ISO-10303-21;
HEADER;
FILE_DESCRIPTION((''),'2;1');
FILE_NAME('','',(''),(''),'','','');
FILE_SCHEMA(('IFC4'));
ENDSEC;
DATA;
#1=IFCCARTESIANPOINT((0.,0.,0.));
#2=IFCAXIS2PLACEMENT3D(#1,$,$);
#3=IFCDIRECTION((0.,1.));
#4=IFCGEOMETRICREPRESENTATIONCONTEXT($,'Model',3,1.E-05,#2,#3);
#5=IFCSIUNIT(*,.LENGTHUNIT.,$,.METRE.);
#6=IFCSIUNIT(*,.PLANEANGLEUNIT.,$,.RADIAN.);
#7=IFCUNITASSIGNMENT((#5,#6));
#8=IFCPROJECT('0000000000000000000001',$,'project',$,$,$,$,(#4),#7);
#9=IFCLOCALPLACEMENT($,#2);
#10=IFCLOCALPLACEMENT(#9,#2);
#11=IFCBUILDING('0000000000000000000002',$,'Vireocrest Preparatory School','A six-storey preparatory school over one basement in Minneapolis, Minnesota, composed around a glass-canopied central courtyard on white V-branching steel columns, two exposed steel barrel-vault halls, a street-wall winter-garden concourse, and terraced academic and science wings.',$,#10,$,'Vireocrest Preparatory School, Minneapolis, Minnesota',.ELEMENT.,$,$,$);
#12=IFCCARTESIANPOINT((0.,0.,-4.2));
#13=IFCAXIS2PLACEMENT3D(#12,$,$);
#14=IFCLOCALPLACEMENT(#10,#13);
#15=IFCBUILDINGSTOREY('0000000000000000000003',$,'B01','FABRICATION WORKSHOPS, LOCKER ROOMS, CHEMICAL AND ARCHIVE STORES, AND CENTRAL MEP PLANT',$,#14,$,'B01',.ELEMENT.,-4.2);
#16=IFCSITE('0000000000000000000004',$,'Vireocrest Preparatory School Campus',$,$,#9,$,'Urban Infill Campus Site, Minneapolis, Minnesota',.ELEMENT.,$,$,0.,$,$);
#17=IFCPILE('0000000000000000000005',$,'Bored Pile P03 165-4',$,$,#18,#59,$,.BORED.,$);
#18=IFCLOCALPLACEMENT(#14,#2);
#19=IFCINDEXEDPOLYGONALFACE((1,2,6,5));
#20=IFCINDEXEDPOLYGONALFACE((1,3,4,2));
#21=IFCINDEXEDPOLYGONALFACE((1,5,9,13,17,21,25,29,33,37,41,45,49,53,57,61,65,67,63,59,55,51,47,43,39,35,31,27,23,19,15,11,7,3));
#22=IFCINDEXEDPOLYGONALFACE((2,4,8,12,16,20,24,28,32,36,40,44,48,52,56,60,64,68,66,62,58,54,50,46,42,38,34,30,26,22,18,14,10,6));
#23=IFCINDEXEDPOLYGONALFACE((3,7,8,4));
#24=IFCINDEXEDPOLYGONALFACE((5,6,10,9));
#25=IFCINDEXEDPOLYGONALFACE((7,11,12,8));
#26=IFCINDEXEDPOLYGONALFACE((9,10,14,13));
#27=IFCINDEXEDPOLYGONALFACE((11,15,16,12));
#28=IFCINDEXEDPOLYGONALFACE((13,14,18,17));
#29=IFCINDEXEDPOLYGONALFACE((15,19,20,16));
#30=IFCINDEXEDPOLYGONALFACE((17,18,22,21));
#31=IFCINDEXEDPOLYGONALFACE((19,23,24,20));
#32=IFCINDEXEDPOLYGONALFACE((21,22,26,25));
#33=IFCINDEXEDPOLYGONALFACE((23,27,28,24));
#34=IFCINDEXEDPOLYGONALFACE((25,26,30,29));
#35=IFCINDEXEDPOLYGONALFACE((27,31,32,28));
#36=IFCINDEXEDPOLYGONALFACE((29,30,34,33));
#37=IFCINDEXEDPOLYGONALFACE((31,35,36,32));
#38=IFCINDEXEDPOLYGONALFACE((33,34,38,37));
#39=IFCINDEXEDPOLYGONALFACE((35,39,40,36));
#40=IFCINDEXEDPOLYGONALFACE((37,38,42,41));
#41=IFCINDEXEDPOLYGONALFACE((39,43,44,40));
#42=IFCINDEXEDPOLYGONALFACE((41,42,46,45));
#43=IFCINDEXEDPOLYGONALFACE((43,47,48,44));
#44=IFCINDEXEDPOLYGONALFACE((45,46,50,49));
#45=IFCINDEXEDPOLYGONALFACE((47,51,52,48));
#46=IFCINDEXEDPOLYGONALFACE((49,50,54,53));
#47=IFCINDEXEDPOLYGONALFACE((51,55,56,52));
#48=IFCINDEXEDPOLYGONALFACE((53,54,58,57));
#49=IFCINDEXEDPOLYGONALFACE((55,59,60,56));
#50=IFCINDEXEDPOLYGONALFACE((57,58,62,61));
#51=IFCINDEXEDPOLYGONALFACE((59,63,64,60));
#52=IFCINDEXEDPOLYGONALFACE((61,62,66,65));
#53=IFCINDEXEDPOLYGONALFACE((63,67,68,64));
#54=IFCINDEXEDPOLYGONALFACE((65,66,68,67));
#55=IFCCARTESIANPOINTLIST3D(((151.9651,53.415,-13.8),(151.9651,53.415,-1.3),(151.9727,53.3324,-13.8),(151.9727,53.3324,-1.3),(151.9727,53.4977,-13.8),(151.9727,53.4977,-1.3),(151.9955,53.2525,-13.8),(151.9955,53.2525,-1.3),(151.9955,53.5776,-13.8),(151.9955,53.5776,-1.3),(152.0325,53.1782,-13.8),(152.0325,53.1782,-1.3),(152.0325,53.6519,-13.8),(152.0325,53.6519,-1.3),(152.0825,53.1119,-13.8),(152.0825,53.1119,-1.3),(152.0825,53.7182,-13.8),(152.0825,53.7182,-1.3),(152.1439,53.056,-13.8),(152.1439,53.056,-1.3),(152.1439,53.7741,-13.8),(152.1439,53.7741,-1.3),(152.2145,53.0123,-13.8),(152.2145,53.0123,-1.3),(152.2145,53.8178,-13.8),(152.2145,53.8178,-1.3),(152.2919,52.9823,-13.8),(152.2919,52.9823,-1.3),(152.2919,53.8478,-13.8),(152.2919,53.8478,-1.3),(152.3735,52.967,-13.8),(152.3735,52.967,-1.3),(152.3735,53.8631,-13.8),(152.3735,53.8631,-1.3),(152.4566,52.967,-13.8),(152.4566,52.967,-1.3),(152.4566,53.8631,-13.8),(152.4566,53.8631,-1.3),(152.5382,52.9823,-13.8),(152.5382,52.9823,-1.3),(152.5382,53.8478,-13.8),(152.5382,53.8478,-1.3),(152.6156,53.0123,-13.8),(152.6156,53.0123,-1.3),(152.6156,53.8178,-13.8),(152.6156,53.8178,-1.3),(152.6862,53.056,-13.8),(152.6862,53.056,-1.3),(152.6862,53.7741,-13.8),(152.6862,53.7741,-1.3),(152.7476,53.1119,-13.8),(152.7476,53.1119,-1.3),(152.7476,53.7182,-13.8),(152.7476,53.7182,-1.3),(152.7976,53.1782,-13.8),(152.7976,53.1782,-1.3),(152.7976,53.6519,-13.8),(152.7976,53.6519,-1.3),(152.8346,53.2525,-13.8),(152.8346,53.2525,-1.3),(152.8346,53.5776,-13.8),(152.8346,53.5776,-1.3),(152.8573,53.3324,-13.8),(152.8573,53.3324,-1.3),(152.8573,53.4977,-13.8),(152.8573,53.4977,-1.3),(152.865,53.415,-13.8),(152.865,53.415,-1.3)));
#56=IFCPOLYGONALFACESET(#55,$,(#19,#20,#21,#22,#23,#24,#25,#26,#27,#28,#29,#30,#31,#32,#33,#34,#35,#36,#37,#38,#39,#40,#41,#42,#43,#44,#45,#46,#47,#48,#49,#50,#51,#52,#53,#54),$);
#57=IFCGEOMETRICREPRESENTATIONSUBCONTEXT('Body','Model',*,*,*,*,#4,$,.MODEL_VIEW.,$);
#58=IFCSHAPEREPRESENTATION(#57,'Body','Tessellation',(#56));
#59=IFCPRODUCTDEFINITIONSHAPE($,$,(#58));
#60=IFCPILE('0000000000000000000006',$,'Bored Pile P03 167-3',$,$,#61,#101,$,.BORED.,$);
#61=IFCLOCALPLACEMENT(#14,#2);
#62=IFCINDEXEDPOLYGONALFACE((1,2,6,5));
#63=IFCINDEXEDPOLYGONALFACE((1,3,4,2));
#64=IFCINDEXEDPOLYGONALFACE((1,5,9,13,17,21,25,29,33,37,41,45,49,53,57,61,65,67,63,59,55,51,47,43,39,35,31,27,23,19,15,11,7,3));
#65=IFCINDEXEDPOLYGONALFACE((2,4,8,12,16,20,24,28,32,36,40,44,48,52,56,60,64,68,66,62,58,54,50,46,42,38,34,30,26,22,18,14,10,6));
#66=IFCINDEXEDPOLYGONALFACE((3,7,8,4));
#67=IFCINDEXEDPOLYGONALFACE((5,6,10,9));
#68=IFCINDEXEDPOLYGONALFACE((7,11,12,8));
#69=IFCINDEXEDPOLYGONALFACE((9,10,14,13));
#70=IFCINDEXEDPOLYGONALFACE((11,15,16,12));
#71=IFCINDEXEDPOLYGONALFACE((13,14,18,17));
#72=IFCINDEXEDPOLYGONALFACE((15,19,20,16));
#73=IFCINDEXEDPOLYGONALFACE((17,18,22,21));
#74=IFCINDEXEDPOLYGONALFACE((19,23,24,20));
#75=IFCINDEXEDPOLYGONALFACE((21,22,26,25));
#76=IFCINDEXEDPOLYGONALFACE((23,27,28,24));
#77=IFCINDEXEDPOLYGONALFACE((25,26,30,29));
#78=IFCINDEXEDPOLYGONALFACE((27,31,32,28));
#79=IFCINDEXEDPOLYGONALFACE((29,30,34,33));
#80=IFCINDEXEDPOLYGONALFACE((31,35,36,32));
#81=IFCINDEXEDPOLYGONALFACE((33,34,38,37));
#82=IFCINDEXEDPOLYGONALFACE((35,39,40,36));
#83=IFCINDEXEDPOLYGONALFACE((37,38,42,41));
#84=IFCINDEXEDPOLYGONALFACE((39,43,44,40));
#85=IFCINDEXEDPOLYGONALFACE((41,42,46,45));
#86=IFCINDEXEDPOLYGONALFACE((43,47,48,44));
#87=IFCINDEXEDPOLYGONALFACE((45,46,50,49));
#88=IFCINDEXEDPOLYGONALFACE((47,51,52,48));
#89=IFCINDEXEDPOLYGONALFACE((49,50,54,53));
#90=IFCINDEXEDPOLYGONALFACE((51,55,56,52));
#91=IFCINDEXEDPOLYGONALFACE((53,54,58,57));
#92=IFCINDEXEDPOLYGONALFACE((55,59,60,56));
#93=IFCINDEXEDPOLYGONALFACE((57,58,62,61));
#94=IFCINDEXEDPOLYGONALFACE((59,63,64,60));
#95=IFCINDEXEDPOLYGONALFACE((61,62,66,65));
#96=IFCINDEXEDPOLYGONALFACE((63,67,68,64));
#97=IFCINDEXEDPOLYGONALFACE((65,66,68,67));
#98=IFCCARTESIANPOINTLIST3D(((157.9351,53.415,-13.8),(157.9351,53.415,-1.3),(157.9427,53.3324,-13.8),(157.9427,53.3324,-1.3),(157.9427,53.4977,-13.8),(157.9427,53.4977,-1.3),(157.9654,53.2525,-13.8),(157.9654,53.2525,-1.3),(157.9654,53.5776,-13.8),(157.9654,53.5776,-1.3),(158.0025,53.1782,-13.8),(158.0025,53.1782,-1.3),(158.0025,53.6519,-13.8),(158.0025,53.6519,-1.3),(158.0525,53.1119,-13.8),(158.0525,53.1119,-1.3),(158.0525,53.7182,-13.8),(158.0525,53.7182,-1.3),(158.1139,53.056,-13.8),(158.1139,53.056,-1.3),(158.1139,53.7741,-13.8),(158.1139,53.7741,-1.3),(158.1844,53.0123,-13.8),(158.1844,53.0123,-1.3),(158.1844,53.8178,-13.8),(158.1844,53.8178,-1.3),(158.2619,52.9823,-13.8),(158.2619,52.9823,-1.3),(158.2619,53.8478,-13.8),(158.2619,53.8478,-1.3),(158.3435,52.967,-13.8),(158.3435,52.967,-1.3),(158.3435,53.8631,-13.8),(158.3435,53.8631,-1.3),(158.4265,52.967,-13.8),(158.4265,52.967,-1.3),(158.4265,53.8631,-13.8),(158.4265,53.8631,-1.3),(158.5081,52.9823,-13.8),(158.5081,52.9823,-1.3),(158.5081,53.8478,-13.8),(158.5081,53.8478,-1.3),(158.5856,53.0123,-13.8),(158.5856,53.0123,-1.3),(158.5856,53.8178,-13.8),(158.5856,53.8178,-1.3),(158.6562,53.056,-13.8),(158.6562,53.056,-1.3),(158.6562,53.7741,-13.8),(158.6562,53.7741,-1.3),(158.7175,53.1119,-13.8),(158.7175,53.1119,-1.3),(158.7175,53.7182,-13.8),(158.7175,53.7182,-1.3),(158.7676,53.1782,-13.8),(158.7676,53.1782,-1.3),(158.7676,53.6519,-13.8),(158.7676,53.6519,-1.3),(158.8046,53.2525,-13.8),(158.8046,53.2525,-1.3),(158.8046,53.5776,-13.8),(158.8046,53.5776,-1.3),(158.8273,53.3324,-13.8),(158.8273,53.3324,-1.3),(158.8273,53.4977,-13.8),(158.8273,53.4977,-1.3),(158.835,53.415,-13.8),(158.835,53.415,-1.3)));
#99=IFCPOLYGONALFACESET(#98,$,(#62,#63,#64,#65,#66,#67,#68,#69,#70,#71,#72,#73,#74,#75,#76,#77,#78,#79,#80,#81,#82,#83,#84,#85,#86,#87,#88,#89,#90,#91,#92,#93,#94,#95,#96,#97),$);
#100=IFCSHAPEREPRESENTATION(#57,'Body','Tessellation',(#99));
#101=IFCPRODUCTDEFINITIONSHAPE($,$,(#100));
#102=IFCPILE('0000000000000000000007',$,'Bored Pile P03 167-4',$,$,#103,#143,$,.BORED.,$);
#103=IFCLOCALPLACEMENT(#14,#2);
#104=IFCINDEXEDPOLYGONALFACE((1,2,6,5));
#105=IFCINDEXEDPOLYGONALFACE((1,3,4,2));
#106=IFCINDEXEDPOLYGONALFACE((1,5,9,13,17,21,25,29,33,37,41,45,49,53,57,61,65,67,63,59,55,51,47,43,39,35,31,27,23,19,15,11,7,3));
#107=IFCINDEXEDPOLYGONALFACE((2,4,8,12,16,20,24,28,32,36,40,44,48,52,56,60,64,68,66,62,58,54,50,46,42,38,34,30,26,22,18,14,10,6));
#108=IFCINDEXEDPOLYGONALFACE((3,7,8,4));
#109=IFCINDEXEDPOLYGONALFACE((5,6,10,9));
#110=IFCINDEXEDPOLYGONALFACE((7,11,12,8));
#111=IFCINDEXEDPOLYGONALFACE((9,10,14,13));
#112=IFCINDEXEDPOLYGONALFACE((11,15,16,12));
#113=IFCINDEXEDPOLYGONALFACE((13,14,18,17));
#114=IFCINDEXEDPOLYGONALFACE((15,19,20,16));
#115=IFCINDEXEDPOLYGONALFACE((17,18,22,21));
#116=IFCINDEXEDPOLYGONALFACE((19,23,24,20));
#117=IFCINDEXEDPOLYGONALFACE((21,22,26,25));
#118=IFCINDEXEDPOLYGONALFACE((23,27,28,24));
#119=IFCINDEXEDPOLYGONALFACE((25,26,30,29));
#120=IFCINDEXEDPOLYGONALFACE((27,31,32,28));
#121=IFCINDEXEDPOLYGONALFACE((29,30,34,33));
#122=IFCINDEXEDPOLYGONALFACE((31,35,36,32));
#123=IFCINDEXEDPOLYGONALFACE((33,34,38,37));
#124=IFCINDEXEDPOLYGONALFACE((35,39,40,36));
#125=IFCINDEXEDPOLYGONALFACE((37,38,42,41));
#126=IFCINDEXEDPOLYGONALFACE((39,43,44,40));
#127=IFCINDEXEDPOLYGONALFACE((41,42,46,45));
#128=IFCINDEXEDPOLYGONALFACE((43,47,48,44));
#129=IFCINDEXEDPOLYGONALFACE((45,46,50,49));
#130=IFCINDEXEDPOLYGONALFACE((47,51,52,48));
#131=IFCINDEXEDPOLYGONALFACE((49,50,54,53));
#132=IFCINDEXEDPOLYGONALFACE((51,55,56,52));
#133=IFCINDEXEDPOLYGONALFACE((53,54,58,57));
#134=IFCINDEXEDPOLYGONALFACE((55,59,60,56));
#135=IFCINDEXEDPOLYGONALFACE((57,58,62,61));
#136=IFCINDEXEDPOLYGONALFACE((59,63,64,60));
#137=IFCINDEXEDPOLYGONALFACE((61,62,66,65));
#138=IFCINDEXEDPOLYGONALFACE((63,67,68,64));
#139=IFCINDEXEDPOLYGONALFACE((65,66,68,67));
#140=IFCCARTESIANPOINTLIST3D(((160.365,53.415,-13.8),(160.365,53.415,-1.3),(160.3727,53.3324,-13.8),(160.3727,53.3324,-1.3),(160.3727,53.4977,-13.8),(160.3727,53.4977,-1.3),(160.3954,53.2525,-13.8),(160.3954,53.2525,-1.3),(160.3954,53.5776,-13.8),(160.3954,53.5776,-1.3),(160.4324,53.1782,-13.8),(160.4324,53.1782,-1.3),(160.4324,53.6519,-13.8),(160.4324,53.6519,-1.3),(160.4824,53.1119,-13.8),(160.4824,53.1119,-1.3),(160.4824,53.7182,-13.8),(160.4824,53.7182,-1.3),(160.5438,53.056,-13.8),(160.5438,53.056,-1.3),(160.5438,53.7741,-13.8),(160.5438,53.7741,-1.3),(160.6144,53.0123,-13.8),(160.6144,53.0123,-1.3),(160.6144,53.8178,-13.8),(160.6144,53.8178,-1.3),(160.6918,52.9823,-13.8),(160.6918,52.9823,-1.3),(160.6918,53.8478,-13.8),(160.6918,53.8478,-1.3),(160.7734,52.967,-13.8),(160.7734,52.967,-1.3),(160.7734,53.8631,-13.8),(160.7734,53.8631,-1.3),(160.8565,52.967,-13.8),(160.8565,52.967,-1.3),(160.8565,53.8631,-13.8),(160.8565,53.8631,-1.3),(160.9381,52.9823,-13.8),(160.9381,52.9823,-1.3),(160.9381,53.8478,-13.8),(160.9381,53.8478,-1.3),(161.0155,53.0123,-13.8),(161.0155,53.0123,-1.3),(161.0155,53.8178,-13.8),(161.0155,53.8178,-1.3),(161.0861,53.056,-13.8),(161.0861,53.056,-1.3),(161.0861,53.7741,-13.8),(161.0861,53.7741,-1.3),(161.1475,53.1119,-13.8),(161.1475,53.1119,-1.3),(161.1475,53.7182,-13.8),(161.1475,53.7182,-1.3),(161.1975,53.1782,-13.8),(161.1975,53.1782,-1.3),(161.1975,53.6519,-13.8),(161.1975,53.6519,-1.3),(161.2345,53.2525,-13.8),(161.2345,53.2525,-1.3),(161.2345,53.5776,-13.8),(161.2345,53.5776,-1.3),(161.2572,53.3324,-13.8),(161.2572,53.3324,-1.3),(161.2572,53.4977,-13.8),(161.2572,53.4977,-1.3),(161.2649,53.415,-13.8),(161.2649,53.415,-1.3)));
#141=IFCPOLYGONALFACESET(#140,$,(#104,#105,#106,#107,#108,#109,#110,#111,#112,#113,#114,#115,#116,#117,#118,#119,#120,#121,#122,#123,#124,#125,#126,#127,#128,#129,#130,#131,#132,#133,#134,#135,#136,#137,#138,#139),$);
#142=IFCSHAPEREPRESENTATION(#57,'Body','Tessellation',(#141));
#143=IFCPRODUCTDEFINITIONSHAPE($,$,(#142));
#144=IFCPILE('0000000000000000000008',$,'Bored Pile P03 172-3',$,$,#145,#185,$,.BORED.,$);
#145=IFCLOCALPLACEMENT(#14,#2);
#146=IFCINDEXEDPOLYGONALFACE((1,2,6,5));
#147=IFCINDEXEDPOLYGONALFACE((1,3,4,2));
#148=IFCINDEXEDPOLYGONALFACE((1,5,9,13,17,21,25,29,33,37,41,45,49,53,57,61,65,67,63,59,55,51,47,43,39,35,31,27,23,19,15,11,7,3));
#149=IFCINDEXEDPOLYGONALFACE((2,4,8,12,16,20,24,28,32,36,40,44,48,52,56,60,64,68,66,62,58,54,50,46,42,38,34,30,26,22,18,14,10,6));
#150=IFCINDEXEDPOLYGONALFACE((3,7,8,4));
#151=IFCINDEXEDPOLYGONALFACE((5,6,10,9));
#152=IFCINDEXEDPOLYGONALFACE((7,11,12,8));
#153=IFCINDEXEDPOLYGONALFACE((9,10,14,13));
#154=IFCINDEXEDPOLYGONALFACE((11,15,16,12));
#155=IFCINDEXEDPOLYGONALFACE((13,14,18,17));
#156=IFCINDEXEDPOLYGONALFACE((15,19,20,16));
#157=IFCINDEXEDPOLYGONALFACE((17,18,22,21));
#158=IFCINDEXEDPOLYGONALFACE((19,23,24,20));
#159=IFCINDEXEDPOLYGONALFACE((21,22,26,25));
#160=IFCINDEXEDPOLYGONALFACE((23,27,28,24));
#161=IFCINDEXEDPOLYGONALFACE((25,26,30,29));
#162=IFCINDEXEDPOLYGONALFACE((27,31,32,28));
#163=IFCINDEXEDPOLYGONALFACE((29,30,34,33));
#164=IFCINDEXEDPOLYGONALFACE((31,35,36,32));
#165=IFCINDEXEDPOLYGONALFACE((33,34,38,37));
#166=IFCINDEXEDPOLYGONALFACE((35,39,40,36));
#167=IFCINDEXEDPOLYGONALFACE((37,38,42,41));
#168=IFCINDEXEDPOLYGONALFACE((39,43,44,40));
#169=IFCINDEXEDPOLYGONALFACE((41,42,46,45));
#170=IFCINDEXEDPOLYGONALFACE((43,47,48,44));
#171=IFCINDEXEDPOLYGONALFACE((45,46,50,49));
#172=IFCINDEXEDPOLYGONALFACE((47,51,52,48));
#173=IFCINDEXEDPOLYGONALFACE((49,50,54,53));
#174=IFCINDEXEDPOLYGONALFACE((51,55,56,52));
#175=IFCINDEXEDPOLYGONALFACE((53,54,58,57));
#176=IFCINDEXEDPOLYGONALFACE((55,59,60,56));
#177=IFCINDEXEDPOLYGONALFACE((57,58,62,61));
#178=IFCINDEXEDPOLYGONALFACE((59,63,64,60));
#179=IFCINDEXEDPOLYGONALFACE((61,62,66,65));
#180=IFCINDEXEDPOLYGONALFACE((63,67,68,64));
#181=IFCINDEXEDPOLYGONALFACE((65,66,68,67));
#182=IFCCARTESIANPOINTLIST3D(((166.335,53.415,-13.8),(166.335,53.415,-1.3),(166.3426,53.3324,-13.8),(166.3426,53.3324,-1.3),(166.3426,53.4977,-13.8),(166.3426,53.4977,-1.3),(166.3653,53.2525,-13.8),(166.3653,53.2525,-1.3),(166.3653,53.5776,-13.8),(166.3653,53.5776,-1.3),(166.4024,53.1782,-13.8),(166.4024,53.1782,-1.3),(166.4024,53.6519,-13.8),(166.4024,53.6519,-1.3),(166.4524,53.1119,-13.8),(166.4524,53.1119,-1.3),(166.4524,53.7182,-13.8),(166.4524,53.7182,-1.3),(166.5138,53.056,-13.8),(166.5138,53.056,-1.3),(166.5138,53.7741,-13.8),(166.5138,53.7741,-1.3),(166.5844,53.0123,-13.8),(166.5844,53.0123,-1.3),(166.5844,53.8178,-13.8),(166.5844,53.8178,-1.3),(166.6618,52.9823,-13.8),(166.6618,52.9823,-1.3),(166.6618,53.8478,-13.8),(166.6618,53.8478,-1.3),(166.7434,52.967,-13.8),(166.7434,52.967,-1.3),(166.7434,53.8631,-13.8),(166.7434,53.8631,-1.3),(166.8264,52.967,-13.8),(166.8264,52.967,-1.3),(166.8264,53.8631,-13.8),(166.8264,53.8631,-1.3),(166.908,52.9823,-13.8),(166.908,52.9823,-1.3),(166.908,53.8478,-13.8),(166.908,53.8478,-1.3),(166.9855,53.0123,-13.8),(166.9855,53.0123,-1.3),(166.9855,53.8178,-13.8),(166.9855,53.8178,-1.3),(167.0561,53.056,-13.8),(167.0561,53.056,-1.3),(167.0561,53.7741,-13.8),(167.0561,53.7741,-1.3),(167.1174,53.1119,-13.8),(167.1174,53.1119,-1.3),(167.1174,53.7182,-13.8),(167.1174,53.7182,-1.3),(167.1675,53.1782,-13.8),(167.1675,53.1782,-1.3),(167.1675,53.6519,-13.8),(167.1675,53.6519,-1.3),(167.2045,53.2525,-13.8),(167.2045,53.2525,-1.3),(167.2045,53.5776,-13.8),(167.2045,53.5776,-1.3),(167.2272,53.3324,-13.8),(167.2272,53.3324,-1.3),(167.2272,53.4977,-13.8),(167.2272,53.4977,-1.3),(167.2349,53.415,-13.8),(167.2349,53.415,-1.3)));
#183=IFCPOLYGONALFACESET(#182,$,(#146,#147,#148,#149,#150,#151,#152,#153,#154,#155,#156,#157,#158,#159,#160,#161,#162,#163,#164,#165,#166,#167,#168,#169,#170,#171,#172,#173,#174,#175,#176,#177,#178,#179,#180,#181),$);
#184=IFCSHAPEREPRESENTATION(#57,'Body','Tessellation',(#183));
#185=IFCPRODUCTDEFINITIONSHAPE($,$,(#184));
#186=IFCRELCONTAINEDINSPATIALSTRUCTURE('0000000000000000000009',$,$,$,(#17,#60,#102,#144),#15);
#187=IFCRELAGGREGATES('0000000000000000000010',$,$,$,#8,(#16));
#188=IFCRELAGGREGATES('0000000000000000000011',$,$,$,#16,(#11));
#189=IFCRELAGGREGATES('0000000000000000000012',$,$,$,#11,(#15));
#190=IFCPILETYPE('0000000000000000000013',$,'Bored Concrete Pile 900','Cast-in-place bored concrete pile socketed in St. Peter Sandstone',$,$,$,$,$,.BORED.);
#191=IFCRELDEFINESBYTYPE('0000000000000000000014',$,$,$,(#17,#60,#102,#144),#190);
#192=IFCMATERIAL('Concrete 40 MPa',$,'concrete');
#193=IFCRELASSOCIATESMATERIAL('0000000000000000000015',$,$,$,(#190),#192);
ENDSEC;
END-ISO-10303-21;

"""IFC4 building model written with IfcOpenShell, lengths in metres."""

from ifc_helpers import new_model, si_unit, direction, frame, origin, origin_2d, place, context, subcontext, project, spatial, circle, extrude, material, material_profile, profile_set, type_object, element, save


model = new_model("IFC4")

# Units and contexts
model_context = context("Model", 3, precision=1e-05, world=origin(), true_north=direction((0.0, 1.0)))
body_context = subcontext(model_context, "Body", "Model", "MODEL_VIEW")
ifc_project = project(units=[si_unit("LENGTHUNIT", "METRE"), si_unit("PLANEANGLEUNIT", "RADIAN")], contexts=[model_context])

# Site, building, storey
site_placement = place(None, origin())
site = spatial("IfcSite", under=ifc_project, at=site_placement, Name="Vireocrest Preparatory School Campus", LongName="Urban Infill Campus Site, Minneapolis, Minnesota", CompositionType="ELEMENT", RefElevation=0.0)
building_placement = place(site_placement, origin())
building = spatial("IfcBuilding", under=site, at=building_placement, Name="Vireocrest Preparatory School", Description="A six-storey preparatory school over one basement in Minneapolis, Minnesota, composed around a glass-canopied central courtyard on white V-branching steel columns, two exposed steel barrel-vault halls, a street-wall winter-garden concourse, and terraced academic and science wings.", LongName="Vireocrest Preparatory School, Minneapolis, Minnesota", CompositionType="ELEMENT")
storey_placement = place(building_placement, frame((0.0, 0.0, -4.2)))
storey = spatial("IfcBuildingStorey", under=building, at=storey_placement, Name="B01", Description="FABRICATION WORKSHOPS, LOCKER ROOMS, CHEMICAL AND ARCHIVE STORES, AND CENTRAL MEP PLANT", LongName="B01", CompositionType="ELEMENT", Elevation=-4.2)

# Piles
ifc_material_1 = material(Name="Concrete 40 MPa", Category="concrete")
ifc_material_profile_1 = material_profile(ifc_material_1, circle(Radius=0.45, at=origin_2d()), Name="BORED PILE 900")
ifc_profile_set_1 = profile_set([ifc_material_profile_1], Name="Concrete 40 MPa")
pile_type_1 = type_object("IfcPileType", Name="Bored Concrete Pile 900", Description="Cast-in-place bored concrete pile socketed in St. Peter Sandstone", PredefinedType="BORED", material=ifc_profile_set_1)
for number, where, z_axis, x_axis, name in (
    (1, (152.415, 53.415, -1.3), (0.0, 0.0, -1.0), (1.0, 0.0, 0.0), "Bored Pile P03 165-4"),
    (2, (158.385, 53.415, -1.3), (0.0, 0.0, -1.0), (1.0, 0.0, 0.0), "Bored Pile P03 167-3"),
    (3, (160.8149, 53.415, -1.3), (0.0, 0.0, -1.0), (1.0, 0.0, 0.0), "Bored Pile P03 167-4"),
    (4, (166.7849, 53.415, -1.3), (0.0, 0.0, -1.0), (1.0, 0.0, 0.0), "Bored Pile P03 172-3"),
):
    element("IfcPile", number, at=place(storey_placement, frame(where, z_axis=z_axis, x_axis=x_axis)), inside=storey, type_object=pile_type_1, Name=name, PredefinedType="BORED", context=body_context, shape_type="SweptSolid", body=[
        extrude(circle(Radius=0.45, at=origin_2d()), origin(), (0.0, 0.0, 1.0), 12.5),
    ])

save(model, "model.ifc")
